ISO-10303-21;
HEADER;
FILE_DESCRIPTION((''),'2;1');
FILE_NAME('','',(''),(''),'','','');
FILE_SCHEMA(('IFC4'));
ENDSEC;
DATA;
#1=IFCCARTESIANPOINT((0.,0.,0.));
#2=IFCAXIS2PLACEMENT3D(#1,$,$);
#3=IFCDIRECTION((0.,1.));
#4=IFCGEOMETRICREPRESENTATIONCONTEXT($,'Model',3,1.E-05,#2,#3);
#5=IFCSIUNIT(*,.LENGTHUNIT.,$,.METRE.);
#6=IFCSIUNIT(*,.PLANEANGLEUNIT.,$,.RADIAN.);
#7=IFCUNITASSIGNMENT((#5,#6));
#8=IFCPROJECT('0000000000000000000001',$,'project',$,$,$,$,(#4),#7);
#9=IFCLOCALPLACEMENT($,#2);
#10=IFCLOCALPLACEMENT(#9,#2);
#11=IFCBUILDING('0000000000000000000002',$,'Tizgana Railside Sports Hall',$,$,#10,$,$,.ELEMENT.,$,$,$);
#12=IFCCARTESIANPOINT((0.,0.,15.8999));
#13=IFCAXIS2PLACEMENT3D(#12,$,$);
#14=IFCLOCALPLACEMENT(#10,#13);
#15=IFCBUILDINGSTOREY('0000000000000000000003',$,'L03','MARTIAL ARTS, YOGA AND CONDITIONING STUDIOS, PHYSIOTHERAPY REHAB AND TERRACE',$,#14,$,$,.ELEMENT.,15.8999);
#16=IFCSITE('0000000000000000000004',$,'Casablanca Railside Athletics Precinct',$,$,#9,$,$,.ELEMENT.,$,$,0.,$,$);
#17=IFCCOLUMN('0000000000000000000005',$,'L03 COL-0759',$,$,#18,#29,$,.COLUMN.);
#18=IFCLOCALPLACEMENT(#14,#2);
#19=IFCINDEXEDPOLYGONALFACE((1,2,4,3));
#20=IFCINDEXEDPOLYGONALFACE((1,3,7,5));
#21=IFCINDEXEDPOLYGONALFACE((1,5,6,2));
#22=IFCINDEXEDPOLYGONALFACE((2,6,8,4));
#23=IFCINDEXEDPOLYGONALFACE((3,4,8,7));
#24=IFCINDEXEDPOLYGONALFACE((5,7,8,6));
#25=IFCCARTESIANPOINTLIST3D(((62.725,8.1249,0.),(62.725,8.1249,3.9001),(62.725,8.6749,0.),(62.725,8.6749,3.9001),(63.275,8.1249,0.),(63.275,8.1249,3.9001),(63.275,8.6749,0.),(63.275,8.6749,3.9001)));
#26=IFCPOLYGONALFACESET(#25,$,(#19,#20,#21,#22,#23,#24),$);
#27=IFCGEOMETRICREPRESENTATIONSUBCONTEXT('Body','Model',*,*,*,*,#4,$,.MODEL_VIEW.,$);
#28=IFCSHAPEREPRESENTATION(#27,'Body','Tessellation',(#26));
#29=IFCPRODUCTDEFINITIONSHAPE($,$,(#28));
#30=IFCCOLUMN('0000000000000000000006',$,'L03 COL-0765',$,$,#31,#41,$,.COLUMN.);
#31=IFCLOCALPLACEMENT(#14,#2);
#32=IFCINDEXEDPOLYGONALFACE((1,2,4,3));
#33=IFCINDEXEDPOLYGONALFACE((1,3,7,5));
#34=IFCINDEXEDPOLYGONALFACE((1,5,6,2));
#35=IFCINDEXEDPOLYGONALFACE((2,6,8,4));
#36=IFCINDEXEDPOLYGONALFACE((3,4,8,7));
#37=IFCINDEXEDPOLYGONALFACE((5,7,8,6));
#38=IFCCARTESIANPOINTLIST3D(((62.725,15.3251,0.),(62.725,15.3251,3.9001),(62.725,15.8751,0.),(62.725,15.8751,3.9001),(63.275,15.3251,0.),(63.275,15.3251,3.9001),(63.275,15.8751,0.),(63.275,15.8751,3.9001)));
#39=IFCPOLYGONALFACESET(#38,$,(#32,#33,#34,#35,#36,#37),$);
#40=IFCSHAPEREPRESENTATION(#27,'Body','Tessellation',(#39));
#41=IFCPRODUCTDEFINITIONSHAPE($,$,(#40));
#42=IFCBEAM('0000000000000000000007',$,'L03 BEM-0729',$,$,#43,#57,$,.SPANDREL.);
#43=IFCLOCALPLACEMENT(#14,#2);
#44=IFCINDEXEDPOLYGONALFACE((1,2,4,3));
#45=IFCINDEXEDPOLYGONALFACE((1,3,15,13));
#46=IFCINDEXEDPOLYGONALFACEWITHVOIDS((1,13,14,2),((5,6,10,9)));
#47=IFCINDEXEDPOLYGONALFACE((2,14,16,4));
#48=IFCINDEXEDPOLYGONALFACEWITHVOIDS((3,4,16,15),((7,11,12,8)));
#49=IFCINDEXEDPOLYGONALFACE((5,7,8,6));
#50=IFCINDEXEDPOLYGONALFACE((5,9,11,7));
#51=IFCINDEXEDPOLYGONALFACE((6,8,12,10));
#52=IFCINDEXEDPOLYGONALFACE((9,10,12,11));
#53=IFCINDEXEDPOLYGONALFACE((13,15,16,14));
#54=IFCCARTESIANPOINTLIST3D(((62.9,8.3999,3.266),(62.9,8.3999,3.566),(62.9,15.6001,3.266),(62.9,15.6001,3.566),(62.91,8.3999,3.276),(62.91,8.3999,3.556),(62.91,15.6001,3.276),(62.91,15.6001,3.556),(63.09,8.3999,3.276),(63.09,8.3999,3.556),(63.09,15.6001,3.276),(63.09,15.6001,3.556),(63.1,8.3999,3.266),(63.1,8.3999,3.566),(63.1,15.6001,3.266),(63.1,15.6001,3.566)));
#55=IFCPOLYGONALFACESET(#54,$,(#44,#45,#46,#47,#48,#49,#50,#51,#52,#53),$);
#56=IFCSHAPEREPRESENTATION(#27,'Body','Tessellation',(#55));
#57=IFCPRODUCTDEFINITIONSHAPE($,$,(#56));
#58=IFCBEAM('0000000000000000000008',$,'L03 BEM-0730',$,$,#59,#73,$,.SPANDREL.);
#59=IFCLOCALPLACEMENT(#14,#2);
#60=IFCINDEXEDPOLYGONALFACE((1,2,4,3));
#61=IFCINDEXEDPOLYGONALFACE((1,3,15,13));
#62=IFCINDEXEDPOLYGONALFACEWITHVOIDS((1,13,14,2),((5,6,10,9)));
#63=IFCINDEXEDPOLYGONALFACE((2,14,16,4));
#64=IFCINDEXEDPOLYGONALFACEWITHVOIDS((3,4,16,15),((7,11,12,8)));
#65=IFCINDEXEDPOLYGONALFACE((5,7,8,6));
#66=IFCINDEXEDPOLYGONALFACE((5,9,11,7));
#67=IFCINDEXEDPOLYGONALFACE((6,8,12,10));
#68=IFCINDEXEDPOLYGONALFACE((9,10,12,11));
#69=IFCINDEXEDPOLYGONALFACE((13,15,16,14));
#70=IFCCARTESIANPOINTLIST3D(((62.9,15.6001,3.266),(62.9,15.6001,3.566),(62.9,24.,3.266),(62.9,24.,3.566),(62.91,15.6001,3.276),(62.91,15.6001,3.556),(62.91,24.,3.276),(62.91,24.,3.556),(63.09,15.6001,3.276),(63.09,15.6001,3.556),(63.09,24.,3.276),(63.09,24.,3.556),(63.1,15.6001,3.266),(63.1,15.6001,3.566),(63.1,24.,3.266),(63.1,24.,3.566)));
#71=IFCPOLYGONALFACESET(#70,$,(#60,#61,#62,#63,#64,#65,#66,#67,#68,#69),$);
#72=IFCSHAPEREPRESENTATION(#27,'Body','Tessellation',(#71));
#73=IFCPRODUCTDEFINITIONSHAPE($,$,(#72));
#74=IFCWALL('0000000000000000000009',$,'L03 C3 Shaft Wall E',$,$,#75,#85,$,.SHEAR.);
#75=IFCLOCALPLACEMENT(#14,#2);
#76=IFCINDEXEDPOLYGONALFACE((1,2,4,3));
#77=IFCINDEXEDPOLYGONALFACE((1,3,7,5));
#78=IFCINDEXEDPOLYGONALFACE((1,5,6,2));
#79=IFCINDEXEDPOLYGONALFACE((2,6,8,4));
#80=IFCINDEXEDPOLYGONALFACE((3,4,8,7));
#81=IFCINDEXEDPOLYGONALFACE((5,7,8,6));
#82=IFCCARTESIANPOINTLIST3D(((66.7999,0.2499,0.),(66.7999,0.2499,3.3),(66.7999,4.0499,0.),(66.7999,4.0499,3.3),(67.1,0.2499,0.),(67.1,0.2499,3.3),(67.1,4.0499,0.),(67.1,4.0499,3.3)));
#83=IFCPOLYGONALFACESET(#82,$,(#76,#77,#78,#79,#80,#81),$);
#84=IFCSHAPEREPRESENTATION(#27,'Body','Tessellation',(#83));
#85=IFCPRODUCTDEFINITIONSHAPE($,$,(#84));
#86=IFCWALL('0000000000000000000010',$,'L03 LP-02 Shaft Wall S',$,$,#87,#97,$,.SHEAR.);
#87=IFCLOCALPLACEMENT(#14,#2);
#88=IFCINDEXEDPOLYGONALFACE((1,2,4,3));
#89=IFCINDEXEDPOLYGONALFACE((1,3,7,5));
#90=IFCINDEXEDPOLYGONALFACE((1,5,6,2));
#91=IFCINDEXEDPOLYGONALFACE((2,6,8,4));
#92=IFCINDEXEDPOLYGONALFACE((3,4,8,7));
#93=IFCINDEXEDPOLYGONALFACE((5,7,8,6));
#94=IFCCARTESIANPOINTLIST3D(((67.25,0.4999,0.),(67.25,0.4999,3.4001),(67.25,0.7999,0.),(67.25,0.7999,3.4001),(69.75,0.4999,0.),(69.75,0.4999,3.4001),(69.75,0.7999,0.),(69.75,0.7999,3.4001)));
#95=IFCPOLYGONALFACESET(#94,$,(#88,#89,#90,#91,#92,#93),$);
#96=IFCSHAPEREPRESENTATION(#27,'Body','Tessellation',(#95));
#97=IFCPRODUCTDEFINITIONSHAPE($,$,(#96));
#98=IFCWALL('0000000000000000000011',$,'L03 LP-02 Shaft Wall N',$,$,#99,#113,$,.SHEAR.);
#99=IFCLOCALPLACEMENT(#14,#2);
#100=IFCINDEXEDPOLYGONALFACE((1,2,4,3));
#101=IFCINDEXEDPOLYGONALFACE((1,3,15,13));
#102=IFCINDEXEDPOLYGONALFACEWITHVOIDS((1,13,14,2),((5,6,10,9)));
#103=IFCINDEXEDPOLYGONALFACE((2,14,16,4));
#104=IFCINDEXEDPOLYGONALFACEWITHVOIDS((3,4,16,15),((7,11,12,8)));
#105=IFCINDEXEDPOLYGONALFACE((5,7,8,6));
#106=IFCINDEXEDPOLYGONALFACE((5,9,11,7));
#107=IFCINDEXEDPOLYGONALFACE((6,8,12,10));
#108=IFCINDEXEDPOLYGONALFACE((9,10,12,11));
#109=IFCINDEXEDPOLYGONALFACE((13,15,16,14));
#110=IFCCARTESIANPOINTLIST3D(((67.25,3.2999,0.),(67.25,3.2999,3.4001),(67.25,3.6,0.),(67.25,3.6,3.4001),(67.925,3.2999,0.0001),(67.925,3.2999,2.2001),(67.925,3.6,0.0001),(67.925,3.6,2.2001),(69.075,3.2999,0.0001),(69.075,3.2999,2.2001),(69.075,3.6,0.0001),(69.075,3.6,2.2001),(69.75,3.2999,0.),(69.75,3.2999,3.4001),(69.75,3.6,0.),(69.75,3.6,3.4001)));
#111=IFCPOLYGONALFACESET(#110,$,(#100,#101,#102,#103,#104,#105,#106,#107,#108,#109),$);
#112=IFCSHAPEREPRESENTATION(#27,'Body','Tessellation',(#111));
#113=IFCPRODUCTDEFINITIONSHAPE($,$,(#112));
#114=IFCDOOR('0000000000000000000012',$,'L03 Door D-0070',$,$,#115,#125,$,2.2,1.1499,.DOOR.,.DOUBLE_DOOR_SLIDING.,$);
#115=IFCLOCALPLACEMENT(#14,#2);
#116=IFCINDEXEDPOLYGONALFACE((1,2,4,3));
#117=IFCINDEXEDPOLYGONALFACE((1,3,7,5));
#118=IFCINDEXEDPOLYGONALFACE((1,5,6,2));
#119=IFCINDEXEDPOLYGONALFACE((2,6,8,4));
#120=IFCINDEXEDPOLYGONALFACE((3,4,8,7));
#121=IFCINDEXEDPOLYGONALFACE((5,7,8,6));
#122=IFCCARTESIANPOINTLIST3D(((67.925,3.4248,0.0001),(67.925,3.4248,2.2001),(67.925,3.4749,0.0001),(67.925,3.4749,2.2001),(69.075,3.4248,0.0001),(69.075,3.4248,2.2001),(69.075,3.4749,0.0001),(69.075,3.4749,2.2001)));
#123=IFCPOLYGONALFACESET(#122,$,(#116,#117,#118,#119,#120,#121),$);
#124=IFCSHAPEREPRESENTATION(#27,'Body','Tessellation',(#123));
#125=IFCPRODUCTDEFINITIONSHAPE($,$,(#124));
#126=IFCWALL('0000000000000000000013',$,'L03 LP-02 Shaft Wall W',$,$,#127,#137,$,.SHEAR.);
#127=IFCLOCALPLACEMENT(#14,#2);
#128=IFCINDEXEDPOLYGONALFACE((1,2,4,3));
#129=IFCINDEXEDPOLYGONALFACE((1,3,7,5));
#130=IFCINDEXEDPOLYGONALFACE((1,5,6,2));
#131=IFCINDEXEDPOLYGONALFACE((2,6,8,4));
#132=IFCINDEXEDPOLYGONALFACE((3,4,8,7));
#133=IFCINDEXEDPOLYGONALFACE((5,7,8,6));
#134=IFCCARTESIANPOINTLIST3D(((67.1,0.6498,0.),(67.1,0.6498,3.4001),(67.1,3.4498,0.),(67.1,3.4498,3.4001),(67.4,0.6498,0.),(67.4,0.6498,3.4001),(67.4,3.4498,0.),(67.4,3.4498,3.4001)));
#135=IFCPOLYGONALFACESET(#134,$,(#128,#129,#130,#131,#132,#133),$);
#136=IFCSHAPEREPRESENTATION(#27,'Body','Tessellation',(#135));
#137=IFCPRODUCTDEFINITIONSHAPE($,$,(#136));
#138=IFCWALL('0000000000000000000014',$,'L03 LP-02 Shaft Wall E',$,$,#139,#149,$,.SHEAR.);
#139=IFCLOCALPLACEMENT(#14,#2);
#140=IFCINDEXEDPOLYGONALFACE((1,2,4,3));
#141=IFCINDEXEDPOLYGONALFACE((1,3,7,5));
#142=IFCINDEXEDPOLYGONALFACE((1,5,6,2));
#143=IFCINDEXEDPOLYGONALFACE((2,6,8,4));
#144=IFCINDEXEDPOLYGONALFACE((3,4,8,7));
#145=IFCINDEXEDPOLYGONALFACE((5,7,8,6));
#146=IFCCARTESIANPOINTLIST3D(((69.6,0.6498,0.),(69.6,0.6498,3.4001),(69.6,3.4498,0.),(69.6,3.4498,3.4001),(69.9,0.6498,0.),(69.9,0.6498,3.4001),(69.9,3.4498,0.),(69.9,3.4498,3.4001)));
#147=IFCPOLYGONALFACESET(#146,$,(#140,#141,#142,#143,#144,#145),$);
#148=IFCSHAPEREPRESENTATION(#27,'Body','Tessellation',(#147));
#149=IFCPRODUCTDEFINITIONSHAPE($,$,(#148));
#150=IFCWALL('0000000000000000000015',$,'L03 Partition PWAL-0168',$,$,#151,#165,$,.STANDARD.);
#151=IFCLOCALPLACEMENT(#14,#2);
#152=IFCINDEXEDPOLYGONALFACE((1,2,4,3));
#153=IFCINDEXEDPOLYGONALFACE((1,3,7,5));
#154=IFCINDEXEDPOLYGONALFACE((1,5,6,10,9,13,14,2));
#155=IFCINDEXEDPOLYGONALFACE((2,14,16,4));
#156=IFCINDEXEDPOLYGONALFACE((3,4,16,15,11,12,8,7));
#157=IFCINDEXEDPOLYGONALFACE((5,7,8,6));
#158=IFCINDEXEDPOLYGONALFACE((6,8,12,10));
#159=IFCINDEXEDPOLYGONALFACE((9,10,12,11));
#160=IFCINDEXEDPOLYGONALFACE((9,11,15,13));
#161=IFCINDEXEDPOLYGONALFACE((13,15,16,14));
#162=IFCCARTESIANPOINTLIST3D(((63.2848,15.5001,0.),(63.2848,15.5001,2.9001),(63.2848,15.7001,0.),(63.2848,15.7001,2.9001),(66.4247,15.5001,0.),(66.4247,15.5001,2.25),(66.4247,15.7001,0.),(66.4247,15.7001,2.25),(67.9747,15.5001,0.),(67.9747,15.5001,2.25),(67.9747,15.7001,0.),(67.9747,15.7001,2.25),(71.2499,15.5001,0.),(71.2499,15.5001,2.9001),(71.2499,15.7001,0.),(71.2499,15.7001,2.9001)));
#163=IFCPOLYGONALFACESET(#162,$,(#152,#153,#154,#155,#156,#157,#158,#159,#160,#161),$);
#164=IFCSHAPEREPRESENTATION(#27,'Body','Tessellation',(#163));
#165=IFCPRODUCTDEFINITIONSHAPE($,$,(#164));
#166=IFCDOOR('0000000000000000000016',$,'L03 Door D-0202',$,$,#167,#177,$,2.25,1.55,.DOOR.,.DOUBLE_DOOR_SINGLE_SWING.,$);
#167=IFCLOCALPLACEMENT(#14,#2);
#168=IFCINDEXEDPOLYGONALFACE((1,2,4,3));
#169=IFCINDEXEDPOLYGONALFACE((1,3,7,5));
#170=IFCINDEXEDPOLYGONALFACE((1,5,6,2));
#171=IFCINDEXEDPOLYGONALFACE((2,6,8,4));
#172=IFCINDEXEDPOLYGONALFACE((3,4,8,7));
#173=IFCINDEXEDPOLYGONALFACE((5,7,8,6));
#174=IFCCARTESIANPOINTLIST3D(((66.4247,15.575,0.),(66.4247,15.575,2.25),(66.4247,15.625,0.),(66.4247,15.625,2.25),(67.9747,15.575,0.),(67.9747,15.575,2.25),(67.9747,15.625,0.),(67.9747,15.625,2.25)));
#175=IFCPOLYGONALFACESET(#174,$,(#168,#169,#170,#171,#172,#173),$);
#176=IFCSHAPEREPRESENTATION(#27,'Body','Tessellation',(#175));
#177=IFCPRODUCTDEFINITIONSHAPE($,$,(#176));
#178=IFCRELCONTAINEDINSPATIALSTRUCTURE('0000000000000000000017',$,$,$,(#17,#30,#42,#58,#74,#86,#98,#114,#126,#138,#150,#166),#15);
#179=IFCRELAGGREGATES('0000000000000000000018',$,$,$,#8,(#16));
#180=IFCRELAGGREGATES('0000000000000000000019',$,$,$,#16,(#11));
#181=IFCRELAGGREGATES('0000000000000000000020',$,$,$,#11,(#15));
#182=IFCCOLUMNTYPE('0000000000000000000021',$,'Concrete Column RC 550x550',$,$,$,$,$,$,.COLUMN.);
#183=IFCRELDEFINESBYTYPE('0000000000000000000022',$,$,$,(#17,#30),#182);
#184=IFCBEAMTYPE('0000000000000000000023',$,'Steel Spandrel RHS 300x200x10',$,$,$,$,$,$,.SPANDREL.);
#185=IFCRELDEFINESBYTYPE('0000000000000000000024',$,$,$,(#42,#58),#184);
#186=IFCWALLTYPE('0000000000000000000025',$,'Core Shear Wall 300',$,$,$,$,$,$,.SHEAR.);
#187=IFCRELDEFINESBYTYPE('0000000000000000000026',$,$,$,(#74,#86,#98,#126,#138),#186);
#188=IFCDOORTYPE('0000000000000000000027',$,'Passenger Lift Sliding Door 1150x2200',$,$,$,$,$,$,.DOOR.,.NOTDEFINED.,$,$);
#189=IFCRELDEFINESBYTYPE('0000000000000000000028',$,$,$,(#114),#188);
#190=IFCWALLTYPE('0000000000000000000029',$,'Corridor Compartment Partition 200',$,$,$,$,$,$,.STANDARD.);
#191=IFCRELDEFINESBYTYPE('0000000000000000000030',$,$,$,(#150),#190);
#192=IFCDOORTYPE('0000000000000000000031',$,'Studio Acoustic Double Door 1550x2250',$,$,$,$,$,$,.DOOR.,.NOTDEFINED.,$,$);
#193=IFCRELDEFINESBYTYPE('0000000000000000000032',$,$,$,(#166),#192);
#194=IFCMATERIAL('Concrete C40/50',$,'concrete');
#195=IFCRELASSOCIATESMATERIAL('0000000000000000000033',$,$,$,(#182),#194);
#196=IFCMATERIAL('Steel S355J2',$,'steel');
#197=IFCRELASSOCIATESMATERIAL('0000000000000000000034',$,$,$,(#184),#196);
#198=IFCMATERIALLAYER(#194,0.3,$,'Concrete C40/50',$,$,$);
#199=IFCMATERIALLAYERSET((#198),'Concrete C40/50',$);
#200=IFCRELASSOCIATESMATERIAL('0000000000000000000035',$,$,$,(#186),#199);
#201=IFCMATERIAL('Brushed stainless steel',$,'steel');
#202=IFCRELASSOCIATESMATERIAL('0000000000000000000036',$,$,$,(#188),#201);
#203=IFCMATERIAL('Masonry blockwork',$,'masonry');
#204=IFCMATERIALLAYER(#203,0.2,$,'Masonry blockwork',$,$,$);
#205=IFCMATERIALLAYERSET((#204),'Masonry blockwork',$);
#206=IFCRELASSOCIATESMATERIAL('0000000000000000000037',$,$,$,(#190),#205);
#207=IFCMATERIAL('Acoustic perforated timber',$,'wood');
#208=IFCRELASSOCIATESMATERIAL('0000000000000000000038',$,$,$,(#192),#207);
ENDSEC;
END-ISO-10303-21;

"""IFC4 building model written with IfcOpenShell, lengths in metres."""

from ifc_helpers import new_model, si_unit, direction, frame, frame_2d, origin, origin_2d, place, context, subcontext, project, spatial, rectangle, hollow_rectangle, extrude, material, layer, layer_set, material_profile, profile_set, type_object, element, fill, save


model = new_model("IFC4")

# Units and contexts
model_context = context("Model", 3, precision=1e-05, world=origin(), true_north=direction((0.0, 1.0)))
body_context = subcontext(model_context, "Body", "Model", "MODEL_VIEW")
ifc_project = project(units=[si_unit("LENGTHUNIT", "METRE"), si_unit("PLANEANGLEUNIT", "RADIAN")], contexts=[model_context])

# Site, building, storey
site_placement = place(None, origin())
site = spatial("IfcSite", under=ifc_project, at=site_placement, Name="Casablanca Railside Athletics Precinct", CompositionType="ELEMENT", RefElevation=0.0)
building_placement = place(site_placement, origin())
building = spatial("IfcBuilding", under=site, at=building_placement, Name="Tizgana Railside Sports Hall", CompositionType="ELEMENT")
storey_placement = place(building_placement, frame((0.0, 0.0, 15.8999)))
storey = spatial("IfcBuildingStorey", under=building, at=storey_placement, Name="L03", Description="MARTIAL ARTS, YOGA AND CONDITIONING STUDIOS, PHYSIOTHERAPY REHAB AND TERRACE", CompositionType="ELEMENT", Elevation=15.8999)

# Columns
ifc_material_1 = material(Name="Concrete C40/50", Category="concrete")
ifc_material_profile_1 = material_profile(ifc_material_1, rectangle(XDim=0.55, YDim=0.55, at=origin_2d()), Name="RC 550x550")
ifc_profile_set_1 = profile_set([ifc_material_profile_1], Name="Concrete C40/50")
column_type = type_object("IfcColumnType", Name="Concrete Column RC 550x550", PredefinedType="COLUMN", material=ifc_profile_set_1)
for number, where, z_axis, x_axis, name in (
    (1, (63.0, 8.3999, 0.0), (0.0, 0.0, 1.0), (1.0, 0.0, 0.0), "L03 COL-0759"),
    (2, (63.0, 15.6001, 0.0), (0.0, 0.0, 1.0), (1.0, 0.0, 0.0), "L03 COL-0765"),
):
    element("IfcColumn", number, at=place(storey_placement, frame(where, z_axis=z_axis, x_axis=x_axis)), inside=storey, type_object=column_type, Name=name, PredefinedType="COLUMN", context=body_context, shape_type="SweptSolid", body=[
        extrude(rectangle(XDim=0.55, YDim=0.55, at=origin_2d()), origin(), (0.0, 0.0, 1.0), 3.9001),
    ])

# Beams
ifc_material_2 = material(Name="Steel S355J2", Category="steel")
ifc_material_profile_2 = material_profile(ifc_material_2, hollow_rectangle(XDim=0.2, YDim=0.3, WallThickness=0.01, at=origin_2d()), Name="RHS 300x200x10")
ifc_profile_set_2 = profile_set([ifc_material_profile_2], Name="Steel S355J2")
beam_type = type_object("IfcBeamType", Name="Steel Spandrel RHS 300x200x10", PredefinedType="SPANDREL", material=ifc_profile_set_2)
beam_1_placement = place(storey_placement, frame((63.0, 8.3999, 3.416), z_axis=(0.0, 1.0, 0.0), x_axis=(-1.0, 0.0, 0.0)))
element("IfcBeam", 3, at=beam_1_placement, inside=storey, type_object=beam_type, Name="L03 BEM-0729", PredefinedType="SPANDREL", context=body_context, shape_type="SweptSolid", body=[
    extrude(hollow_rectangle(XDim=0.2, YDim=0.3, WallThickness=0.01, at=origin_2d()), origin(), (0.0, 0.0, 1.0), 7.2002),
])
beam_2_placement = place(storey_placement, frame((63.0, 15.6001, 3.416), z_axis=(0.0, 1.0, 0.0), x_axis=(-1.0, 0.0, 0.0)))
element("IfcBeam", 4, at=beam_2_placement, inside=storey, type_object=beam_type, Name="L03 BEM-0730", PredefinedType="SPANDREL", context=body_context, shape_type="SweptSolid", body=[
    extrude(hollow_rectangle(XDim=0.2, YDim=0.3, WallThickness=0.01, at=origin_2d()), origin(), (0.0, 0.0, 1.0), 8.3999),
])

# Walls
ifc_layer_1 = layer(ifc_material_1, 0.3, Name="Concrete C40/50")
ifc_layer_set_1 = layer_set([ifc_layer_1], Name="Concrete C40/50")
wall_type_1 = type_object("IfcWallType", Name="Core Shear Wall 300", PredefinedType="SHEAR", material=ifc_layer_set_1)
wall_1_placement = place(storey_placement, frame((66.95, 0.25, 0.0), z_axis=(0.0, 0.0, 1.0), x_axis=(0.0, 1.0, 0.0)))
element("IfcWall", 5, at=wall_1_placement, inside=storey, type_object=wall_type_1, Name="L03 C3 Shaft Wall E", PredefinedType="SHEAR", context=body_context, shape_type="SweptSolid", body=[
    extrude(rectangle(XDim=3.8, YDim=0.3, at=frame_2d((1.8999, 0.0))), origin(), (0.0, 0.0, 1.0), 3.3),
])
wall_2_placement = place(storey_placement, frame((67.25, 0.6499, 0.0), z_axis=(0.0, 0.0, 1.0), x_axis=(1.0, 0.0, 0.0)))
element("IfcWall", 6, at=wall_2_placement, inside=storey, type_object=wall_type_1, Name="L03 LP-02 Shaft Wall S", PredefinedType="SHEAR", context=body_context, shape_type="SweptSolid", body=[
    extrude(rectangle(XDim=2.5, YDim=0.3, at=frame_2d((1.25, 0.0))), origin(), (0.0, 0.0, 1.0), 3.4001),
])

# Wall, opening, door
wall_3_placement = place(storey_placement, frame((67.25, 3.45, 0.0), z_axis=(0.0, 0.0, 1.0), x_axis=(1.0, 0.0, 0.0)))
wall_3 = element("IfcWall", 7, at=wall_3_placement, inside=storey, type_object=wall_type_1, Name="L03 LP-02 Shaft Wall N", PredefinedType="SHEAR", context=body_context, shape_type="SweptSolid", body=[
    extrude(rectangle(XDim=2.5, YDim=0.3, at=frame_2d((1.25, 0.0))), origin(), (0.0, 0.0, 1.0), 3.4001),
])
opening_1_placement = place(wall_3_placement, frame((0.675, 0.0, 0.0)))
opening_1 = element("IfcOpeningElement", 8, at=opening_1_placement, cuts=wall_3, PredefinedType="OPENING", context=body_context, shape_type="SweptSolid", body=[
    extrude(rectangle(XDim=1.1499, YDim=2.2, at=frame_2d((0.575, 1.1001))), frame((0.0, 0.1599, 0.0), z_axis=(0.0, -1.0, 0.0), x_axis=(1.0, 0.0, 0.0)), (0.0, 0.0, 1.0), 0.3201),
])
ifc_material_3 = material(Name="Brushed stainless steel", Category="steel")
door_type_1 = type_object("IfcDoorType", Name="Passenger Lift Sliding Door 1150x2200", OperationType="NOTDEFINED", PredefinedType="DOOR", material=ifc_material_3)
door_1_placement = place(opening_1_placement, origin())
door_1 = element("IfcDoor", 9, at=door_1_placement, inside=storey, type_object=door_type_1, Name="L03 Door D-0070", OperationType="DOUBLE_DOOR_SLIDING", OverallHeight=2.2, OverallWidth=1.1499, PredefinedType="DOOR", context=body_context, shape_type="SweptSolid", body=[
    extrude(rectangle(XDim=1.1499, YDim=2.2, at=frame_2d((0.575, 1.1001))), frame((0.0, 0.0249, 0.0), z_axis=(0.0, -1.0, 0.0), x_axis=(1.0, 0.0, 0.0)), (0.0, 0.0, 1.0), 0.05),
])
fill(opening_1, door_1)

# Walls
for number, where, z_axis, x_axis, name in (
    (10, (67.25, 0.6499, 0.0), (0.0, 0.0, 1.0), (0.0, 1.0, 0.0), "L03 LP-02 Shaft Wall W"),
    (11, (69.75, 0.6499, 0.0), (0.0, 0.0, 1.0), (0.0, 1.0, 0.0), "L03 LP-02 Shaft Wall E"),
):
    element("IfcWall", number, at=place(storey_placement, frame(where, z_axis=z_axis, x_axis=x_axis)), inside=storey, type_object=wall_type_1, Name=name, PredefinedType="SHEAR", context=body_context, shape_type="SweptSolid", body=[
        extrude(rectangle(XDim=2.8, YDim=0.3, at=frame_2d((1.3999, 0.0))), origin(), (0.0, 0.0, 1.0), 3.4001),
    ])

# Wall, opening, door
ifc_material_4 = material(Name="Masonry blockwork", Category="masonry")
ifc_layer_2 = layer(ifc_material_4, 0.2, Name="Masonry blockwork")
ifc_layer_set_2 = layer_set([ifc_layer_2], Name="Masonry blockwork")
wall_type_2 = type_object("IfcWallType", Name="Corridor Compartment Partition 200", PredefinedType="STANDARD", material=ifc_layer_set_2)
wall_4_placement = place(storey_placement, frame((63.2849, 15.6001, 0.0), z_axis=(0.0, 0.0, 1.0), x_axis=(1.0, 0.0, 0.0)))
wall_4 = element("IfcWall", 12, at=wall_4_placement, inside=storey, type_object=wall_type_2, Name="L03 Partition PWAL-0168", PredefinedType="STANDARD", context=body_context, shape_type="SweptSolid", body=[
    extrude(rectangle(XDim=7.9651, YDim=0.2, at=frame_2d((3.9824, 0.0))), origin(), (0.0, 0.0, 1.0), 2.9001),
])
opening_2_placement = place(wall_4_placement, frame((3.1399, 0.0, 0.0)))
opening_2 = element("IfcOpeningElement", 13, at=opening_2_placement, cuts=wall_4, PredefinedType="OPENING", context=body_context, shape_type="SweptSolid", body=[
    extrude(rectangle(XDim=1.55, YDim=2.25, at=frame_2d((0.7749, 1.125))), frame((0.0, 0.1099, 0.0), z_axis=(0.0, -1.0, 0.0), x_axis=(1.0, 0.0, 0.0)), (0.0, 0.0, 1.0), 0.22),
])
ifc_material_5 = material(Name="Acoustic perforated timber", Category="wood")
door_type_2 = type_object("IfcDoorType", Name="Studio Acoustic Double Door 1550x2250", OperationType="NOTDEFINED", PredefinedType="DOOR", material=ifc_material_5)
door_2_placement = place(opening_2_placement, origin())
door_2 = element("IfcDoor", 14, at=door_2_placement, inside=storey, type_object=door_type_2, Name="L03 Door D-0202", OperationType="DOUBLE_DOOR_SINGLE_SWING", OverallHeight=2.25, OverallWidth=1.55, PredefinedType="DOOR", context=body_context, shape_type="SweptSolid", body=[
    extrude(rectangle(XDim=1.55, YDim=2.25, at=frame_2d((0.7749, 1.125))), frame((0.0, 0.0249, 0.0), z_axis=(0.0, -1.0, 0.0), x_axis=(1.0, 0.0, 0.0)), (0.0, 0.0, 1.0), 0.05),
])
fill(opening_2, door_2)

save(model, "model.ifc")
